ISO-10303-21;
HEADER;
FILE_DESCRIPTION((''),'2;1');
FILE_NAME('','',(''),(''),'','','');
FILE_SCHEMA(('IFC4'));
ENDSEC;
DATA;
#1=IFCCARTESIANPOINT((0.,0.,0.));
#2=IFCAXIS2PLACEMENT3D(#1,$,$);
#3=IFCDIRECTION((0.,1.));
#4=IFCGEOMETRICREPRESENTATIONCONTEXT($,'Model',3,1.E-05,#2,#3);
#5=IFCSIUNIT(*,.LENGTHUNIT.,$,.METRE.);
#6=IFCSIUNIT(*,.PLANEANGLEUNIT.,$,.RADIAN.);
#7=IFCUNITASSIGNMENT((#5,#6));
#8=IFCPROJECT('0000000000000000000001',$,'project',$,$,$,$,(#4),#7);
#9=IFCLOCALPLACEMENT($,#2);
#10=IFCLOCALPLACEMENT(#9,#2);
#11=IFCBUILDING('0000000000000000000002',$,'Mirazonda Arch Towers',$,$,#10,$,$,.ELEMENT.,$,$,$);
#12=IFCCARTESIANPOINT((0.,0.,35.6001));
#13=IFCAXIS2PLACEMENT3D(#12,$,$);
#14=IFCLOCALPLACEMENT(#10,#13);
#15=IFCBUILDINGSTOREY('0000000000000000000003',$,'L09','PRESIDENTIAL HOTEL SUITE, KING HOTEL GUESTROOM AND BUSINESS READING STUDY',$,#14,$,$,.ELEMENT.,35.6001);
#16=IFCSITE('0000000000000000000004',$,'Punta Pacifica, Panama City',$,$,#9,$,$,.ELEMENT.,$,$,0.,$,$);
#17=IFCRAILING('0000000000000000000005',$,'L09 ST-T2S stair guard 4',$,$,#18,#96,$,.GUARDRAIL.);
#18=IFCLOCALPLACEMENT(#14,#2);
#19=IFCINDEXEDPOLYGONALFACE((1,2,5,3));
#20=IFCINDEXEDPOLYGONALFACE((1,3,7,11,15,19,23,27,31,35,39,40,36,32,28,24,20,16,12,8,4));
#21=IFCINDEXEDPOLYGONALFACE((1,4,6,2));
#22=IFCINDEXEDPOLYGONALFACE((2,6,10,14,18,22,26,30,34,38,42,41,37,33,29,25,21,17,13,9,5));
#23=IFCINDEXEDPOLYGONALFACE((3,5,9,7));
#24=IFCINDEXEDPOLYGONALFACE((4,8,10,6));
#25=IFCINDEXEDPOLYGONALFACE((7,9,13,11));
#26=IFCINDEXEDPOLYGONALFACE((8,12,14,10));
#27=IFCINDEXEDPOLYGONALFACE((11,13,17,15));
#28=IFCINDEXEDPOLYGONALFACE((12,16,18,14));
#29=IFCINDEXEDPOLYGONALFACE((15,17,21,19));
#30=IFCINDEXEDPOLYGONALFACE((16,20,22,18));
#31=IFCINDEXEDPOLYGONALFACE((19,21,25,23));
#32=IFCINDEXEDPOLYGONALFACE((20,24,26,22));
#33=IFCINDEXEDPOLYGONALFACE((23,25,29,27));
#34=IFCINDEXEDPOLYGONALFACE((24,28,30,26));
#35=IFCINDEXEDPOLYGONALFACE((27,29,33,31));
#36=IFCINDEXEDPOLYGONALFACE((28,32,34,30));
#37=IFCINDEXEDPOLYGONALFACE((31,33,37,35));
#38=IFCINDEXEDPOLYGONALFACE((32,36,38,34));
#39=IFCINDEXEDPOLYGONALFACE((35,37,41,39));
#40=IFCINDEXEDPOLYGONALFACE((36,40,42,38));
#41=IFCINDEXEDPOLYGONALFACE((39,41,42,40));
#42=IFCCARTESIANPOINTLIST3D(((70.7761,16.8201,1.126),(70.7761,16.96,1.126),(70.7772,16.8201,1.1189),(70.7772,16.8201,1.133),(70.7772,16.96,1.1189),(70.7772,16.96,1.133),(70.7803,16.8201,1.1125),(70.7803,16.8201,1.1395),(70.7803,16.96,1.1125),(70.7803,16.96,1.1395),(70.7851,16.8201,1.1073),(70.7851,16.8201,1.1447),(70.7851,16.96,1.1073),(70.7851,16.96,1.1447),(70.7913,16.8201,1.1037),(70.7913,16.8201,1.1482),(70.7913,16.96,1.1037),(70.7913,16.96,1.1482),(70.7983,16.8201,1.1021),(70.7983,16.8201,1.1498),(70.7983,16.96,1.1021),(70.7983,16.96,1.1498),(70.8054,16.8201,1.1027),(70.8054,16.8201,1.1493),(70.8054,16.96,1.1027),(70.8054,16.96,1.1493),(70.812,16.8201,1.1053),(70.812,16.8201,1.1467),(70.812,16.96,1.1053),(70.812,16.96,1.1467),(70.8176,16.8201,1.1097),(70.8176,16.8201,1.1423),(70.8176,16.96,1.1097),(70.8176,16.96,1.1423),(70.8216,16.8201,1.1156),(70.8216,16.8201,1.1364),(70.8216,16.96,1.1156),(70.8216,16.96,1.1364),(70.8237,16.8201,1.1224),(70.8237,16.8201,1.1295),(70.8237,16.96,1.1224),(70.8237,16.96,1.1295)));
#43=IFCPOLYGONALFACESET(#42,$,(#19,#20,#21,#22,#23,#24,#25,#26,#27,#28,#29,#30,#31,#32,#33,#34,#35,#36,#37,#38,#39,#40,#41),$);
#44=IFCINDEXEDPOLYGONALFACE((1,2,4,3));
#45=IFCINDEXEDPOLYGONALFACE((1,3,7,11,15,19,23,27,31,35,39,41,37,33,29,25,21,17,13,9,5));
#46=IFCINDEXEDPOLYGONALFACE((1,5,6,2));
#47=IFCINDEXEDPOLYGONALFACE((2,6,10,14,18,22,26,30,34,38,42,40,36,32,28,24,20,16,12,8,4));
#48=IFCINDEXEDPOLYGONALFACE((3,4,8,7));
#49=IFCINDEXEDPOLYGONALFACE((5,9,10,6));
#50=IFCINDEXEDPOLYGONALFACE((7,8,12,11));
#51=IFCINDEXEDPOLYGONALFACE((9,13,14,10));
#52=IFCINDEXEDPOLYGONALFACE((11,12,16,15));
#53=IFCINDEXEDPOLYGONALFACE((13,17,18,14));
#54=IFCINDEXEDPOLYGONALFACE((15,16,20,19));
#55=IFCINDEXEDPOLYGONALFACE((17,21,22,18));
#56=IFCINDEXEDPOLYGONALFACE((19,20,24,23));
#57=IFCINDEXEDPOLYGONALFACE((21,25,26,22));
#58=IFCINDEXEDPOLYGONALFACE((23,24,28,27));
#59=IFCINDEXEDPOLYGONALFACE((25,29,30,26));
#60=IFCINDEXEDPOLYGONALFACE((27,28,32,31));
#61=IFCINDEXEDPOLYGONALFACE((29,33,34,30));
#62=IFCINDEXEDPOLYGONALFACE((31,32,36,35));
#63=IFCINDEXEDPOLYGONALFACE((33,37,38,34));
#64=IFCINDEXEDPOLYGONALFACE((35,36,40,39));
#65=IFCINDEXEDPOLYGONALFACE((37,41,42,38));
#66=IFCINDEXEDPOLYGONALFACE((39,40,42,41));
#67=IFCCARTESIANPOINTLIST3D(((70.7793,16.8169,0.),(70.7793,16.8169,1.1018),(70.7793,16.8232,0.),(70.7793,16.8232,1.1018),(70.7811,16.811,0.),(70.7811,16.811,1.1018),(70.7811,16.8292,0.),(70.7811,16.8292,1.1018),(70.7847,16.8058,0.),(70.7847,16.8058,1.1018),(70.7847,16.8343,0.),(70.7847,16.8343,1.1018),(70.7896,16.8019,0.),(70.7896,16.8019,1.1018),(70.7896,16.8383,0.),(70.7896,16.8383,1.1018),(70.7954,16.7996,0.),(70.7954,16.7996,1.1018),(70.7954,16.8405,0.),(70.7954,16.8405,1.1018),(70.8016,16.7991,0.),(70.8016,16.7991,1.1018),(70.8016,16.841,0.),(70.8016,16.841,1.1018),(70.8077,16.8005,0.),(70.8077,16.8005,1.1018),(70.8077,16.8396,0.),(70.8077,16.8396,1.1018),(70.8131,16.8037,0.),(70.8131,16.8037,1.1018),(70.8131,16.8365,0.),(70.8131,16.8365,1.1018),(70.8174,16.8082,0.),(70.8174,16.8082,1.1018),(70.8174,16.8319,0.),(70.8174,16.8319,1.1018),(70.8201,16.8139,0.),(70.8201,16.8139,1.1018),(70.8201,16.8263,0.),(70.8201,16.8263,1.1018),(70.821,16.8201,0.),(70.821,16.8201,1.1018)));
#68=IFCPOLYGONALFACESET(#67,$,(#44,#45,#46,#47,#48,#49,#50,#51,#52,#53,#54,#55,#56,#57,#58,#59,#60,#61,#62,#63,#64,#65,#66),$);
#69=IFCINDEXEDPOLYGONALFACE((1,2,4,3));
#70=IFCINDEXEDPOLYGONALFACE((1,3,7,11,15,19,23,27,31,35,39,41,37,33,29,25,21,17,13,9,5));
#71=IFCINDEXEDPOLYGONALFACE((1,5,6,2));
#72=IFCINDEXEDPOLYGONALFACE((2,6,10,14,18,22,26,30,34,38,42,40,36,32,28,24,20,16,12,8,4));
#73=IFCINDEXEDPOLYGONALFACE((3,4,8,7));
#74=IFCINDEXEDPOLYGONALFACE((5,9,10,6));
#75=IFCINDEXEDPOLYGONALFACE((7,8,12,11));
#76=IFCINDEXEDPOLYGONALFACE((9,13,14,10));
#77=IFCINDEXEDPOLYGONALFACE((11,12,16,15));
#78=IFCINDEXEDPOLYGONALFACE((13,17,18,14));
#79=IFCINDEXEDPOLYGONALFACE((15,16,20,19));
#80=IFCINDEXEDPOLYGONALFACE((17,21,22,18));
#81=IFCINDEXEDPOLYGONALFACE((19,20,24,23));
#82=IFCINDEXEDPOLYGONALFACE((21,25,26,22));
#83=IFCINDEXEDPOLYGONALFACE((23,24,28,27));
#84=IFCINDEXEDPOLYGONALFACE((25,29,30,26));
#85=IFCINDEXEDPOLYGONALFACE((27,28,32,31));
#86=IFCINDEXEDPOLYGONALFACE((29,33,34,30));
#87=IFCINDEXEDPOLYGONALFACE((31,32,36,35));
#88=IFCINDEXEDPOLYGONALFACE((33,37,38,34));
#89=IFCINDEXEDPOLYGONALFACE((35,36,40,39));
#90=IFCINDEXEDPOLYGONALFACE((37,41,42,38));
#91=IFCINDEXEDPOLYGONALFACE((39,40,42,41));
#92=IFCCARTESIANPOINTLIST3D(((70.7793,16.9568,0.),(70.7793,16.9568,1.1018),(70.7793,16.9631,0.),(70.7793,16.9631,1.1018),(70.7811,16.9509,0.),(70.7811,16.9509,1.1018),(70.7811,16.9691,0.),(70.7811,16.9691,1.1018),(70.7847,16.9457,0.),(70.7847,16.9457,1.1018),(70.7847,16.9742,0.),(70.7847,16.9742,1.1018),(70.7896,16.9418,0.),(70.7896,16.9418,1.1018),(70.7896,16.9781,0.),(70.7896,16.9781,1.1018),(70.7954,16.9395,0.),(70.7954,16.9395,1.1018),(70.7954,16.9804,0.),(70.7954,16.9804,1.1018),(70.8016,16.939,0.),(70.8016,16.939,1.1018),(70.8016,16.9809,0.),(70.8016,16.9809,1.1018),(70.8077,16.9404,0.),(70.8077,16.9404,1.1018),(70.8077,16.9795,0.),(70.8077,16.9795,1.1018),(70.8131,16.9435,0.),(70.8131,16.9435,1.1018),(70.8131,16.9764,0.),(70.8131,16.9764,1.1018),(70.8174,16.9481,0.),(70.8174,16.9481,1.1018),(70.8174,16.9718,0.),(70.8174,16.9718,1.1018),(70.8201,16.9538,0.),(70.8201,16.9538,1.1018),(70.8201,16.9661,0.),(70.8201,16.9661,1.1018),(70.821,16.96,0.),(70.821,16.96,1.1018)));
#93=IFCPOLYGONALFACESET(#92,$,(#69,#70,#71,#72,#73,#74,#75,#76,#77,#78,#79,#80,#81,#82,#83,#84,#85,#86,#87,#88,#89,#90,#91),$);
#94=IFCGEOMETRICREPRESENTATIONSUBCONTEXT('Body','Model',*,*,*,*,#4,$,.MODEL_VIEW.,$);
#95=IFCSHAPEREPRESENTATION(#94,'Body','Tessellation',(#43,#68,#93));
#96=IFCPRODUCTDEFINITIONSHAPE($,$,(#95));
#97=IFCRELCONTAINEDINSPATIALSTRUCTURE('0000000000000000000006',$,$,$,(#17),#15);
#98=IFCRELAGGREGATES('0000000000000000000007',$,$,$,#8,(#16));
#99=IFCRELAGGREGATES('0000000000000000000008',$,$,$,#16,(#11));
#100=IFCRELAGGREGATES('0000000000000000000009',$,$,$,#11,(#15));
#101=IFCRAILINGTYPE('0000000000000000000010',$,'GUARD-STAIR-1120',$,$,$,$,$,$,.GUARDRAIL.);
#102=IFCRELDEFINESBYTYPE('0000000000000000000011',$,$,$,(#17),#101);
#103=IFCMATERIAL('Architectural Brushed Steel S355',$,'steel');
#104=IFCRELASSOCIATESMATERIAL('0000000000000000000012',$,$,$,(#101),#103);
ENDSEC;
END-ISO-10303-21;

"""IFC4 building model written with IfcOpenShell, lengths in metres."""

from ifc_helpers import new_model, si_unit, direction, frame, origin, origin_2d, place, context, subcontext, project, spatial, circle, extrude, material, type_object, element, save


model = new_model("IFC4")

# Units and contexts
model_context = context("Model", 3, precision=1e-05, world=origin(), true_north=direction((0.0, 1.0)))
body_context = subcontext(model_context, "Body", "Model", "MODEL_VIEW")
ifc_project = project(units=[si_unit("LENGTHUNIT", "METRE"), si_unit("PLANEANGLEUNIT", "RADIAN")], contexts=[model_context])

# Site, building, storey
site_placement = place(None, origin())
site = spatial("IfcSite", under=ifc_project, at=site_placement, Name="Punta Pacifica, Panama City", CompositionType="ELEMENT", RefElevation=0.0)
building_placement = place(site_placement, origin())
building = spatial("IfcBuilding", under=site, at=building_placement, Name="Mirazonda Arch Towers", CompositionType="ELEMENT")
storey_placement = place(building_placement, frame((0.0, 0.0, 35.6001)))
storey = spatial("IfcBuildingStorey", under=building, at=storey_placement, Name="L09", Description="PRESIDENTIAL HOTEL SUITE, KING HOTEL GUESTROOM AND BUSINESS READING STUDY", CompositionType="ELEMENT", Elevation=35.6001)

# Railing
ifc_material_1 = material(Name="Architectural Brushed Steel S355", Category="steel")
railing_type_1 = type_object("IfcRailingType", Name="GUARD-STAIR-1120", PredefinedType="GUARDRAIL", material=ifc_material_1)
railing_1_placement = place(storey_placement, frame((70.8, 16.8201, 0.0)))
element("IfcRailing", 1, at=railing_1_placement, inside=storey, type_object=railing_type_1, Name="L09 ST-T2S stair guard 4", PredefinedType="GUARDRAIL", context=body_context, shape_type="SweptSolid", body=[
    extrude(circle(Radius=0.0239, at=origin_2d()), frame((0.0, 0.0, 1.126), z_axis=(0.0, 1.0, 0.0), x_axis=(-1.0, 0.0, 0.0)), (0.0, 0.0, 1.0), 0.1399),
    extrude(circle(Radius=0.021, at=origin_2d()), origin(), (0.0, 0.0, 1.0), 1.1018),
    extrude(circle(Radius=0.021, at=origin_2d()), frame((0.0, 0.1399, 0.0)), (0.0, 0.0, 1.0), 1.1018),
])

save(model, "model.ifc")
